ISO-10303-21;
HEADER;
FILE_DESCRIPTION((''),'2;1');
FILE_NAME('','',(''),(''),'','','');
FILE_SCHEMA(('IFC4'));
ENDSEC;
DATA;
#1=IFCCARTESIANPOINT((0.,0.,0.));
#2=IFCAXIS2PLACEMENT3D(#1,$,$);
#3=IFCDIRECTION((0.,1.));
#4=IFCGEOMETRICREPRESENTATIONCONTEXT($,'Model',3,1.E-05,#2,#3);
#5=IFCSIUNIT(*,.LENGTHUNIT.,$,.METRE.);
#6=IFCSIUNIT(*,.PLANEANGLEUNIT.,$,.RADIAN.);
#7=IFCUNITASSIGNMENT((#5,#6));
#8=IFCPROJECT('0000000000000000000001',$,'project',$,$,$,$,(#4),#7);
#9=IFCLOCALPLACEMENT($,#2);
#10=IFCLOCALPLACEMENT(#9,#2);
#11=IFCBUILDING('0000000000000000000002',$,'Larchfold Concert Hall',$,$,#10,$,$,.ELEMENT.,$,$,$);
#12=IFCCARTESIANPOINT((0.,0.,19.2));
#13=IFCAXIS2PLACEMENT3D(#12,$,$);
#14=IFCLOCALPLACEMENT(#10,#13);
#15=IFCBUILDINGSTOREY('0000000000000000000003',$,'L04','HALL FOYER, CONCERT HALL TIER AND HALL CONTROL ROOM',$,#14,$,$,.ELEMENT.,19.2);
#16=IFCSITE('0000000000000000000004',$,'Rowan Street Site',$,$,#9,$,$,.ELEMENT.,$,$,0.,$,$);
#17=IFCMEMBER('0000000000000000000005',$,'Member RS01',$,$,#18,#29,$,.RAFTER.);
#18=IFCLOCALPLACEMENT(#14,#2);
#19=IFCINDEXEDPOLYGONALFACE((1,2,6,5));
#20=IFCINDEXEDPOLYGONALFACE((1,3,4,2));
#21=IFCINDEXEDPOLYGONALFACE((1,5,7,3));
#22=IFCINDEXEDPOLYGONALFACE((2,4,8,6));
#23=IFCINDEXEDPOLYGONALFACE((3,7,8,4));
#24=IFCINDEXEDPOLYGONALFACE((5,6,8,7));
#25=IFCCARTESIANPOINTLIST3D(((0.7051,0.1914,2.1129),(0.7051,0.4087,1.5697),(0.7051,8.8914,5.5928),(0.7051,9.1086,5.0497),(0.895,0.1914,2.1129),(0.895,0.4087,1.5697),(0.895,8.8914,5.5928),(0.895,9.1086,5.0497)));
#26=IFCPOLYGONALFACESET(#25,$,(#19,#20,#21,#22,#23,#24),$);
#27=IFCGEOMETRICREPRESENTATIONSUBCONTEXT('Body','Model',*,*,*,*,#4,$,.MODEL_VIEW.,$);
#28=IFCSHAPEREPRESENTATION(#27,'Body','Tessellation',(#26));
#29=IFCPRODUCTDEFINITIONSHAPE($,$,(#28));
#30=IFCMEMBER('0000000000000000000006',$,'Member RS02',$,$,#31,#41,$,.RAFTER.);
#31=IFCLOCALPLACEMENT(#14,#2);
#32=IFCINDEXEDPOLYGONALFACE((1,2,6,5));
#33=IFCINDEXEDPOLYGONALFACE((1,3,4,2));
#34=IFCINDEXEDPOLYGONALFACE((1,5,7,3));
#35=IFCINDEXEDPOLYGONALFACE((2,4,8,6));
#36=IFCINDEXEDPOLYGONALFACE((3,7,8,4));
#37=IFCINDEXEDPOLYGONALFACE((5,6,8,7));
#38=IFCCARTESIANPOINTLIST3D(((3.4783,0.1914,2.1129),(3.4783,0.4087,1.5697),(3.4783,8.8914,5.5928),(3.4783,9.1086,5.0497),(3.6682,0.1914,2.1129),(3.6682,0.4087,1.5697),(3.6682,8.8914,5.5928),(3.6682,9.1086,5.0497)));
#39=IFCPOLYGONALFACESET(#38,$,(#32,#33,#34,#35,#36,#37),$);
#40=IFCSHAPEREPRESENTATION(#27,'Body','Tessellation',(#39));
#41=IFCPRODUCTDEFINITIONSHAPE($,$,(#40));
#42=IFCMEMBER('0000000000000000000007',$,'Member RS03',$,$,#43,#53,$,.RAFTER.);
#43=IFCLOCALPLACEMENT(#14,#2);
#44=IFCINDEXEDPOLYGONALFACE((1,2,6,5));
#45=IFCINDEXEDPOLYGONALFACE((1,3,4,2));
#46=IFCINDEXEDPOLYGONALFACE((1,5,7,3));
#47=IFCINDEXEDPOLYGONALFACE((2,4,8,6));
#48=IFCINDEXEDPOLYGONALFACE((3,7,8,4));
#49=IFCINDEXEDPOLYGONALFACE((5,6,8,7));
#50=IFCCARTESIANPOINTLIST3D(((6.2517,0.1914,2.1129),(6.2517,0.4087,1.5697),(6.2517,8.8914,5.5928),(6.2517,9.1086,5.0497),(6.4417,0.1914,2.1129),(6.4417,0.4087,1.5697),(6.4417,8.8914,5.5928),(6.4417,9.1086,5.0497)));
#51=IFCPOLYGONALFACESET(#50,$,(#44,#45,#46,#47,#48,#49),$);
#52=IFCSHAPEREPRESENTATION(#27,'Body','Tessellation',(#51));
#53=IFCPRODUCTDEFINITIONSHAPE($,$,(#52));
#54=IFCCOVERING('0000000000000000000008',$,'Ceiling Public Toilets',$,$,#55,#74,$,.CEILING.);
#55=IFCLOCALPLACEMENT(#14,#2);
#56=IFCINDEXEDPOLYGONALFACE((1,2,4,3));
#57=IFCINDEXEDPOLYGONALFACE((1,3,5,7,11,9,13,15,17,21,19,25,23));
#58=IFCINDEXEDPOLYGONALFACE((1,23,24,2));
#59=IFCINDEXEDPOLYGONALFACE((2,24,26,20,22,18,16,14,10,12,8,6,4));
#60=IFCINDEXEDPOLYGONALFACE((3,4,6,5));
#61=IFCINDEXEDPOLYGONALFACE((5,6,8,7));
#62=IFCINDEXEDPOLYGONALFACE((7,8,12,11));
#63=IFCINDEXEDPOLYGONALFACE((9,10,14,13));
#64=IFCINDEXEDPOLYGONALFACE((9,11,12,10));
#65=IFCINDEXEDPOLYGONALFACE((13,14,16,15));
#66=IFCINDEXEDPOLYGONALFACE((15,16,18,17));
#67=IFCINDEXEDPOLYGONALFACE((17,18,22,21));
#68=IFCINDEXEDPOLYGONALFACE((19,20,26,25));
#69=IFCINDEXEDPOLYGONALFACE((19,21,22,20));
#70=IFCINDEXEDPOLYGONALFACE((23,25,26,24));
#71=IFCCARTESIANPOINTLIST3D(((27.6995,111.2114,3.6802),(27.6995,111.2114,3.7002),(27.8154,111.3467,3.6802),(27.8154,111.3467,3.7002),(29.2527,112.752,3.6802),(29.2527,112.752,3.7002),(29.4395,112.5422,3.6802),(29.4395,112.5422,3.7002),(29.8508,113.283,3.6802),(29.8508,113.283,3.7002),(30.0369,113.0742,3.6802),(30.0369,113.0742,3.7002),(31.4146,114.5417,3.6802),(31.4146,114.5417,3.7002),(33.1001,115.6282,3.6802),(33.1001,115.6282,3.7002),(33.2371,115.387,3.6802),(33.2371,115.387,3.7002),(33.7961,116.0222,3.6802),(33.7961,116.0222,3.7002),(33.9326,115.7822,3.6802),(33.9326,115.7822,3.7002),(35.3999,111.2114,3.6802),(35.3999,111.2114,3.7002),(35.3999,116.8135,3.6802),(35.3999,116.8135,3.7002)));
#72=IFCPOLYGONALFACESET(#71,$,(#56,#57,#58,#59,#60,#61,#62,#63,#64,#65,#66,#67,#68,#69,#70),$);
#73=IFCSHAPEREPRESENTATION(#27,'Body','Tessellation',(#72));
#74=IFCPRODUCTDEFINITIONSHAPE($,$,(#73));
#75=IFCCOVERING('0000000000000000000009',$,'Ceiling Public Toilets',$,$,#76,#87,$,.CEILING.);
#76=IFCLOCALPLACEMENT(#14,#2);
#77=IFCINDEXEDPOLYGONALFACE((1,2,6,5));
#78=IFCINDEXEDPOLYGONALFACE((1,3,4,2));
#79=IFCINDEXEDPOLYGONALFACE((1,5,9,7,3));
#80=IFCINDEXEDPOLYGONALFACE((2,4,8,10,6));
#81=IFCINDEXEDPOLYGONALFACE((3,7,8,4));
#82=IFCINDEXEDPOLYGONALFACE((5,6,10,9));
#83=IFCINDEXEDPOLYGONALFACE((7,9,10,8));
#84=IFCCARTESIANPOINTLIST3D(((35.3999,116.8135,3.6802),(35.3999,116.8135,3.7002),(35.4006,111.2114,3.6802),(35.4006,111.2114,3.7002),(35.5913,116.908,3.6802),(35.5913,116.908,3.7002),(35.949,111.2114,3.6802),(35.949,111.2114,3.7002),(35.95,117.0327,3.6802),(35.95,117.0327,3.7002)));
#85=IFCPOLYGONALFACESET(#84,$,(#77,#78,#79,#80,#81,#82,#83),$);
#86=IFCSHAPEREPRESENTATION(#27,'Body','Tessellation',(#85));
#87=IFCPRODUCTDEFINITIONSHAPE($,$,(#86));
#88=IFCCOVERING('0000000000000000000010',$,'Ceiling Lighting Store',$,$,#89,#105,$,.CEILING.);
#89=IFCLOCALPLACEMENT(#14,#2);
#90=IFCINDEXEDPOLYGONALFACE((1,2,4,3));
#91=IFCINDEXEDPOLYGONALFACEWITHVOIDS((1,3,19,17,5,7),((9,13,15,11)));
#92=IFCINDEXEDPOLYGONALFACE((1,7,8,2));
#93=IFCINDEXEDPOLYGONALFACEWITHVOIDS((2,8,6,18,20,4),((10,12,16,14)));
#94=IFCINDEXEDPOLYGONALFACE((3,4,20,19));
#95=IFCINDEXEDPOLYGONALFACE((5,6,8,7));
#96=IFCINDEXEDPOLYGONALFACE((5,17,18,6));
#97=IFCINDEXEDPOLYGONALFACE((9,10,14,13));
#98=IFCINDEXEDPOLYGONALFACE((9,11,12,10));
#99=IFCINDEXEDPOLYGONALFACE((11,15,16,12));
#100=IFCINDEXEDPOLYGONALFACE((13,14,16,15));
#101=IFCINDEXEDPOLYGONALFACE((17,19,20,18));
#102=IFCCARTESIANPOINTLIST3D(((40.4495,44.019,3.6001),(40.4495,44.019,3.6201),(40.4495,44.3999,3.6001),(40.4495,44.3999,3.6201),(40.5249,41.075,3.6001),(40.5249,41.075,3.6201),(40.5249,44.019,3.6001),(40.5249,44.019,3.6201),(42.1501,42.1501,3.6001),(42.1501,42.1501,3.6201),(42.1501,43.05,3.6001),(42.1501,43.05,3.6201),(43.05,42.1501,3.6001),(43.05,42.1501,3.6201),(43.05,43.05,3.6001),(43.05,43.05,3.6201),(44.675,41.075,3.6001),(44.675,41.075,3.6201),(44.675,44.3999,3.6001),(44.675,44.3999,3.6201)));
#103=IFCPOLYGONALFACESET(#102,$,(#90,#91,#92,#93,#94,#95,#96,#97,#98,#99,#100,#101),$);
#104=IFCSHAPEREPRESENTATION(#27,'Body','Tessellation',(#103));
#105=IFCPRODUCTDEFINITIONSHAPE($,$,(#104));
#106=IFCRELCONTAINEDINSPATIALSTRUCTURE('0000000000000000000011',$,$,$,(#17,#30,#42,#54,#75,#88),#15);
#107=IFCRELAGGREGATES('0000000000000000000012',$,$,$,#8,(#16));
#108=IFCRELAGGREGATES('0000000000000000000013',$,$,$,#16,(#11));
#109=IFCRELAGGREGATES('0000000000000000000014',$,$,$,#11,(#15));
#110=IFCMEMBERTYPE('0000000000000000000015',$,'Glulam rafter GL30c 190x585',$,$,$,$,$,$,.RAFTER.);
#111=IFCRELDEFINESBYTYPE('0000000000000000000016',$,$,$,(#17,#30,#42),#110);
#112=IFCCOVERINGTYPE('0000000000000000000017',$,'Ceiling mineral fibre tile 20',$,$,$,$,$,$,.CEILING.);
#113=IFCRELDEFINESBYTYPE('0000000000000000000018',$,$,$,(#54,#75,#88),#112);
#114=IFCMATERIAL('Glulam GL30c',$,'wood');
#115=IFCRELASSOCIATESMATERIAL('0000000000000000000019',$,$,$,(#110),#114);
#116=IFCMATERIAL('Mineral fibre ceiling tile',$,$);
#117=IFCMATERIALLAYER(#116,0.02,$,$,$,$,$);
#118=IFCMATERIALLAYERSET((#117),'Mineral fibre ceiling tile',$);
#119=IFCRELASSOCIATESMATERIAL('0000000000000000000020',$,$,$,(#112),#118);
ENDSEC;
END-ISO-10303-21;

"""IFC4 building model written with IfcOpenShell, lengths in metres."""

from ifc_helpers import new_model, si_unit, direction, frame, origin, origin_2d, place, context, subcontext, project, spatial, polyline, rectangle, outline, extrude, material, layer, layer_set, material_profile, profile_set, type_object, element, save


model = new_model("IFC4")

# Units and contexts
model_context = context("Model", 3, precision=1e-05, world=origin(), true_north=direction((0.0, 1.0)))
body_context = subcontext(model_context, "Body", "Model", "MODEL_VIEW")
ifc_project = project(units=[si_unit("LENGTHUNIT", "METRE"), si_unit("PLANEANGLEUNIT", "RADIAN")], contexts=[model_context])

# Site, building, storey
site_placement = place(None, origin())
site = spatial("IfcSite", under=ifc_project, at=site_placement, Name="Rowan Street Site", CompositionType="ELEMENT", RefElevation=0.0)
building_placement = place(site_placement, origin())
building = spatial("IfcBuilding", under=site, at=building_placement, Name="Larchfold Concert Hall", CompositionType="ELEMENT")
storey_placement = place(building_placement, frame((0.0, 0.0, 19.2)))
storey = spatial("IfcBuildingStorey", under=building, at=storey_placement, Name="L04", Description="HALL FOYER, CONCERT HALL TIER AND HALL CONTROL ROOM", CompositionType="ELEMENT", Elevation=19.2)

# Members
ifc_material_1 = material(Name="Glulam GL30c", Category="wood")
ifc_material_profile = material_profile(ifc_material_1, rectangle(XDim=0.1899, YDim=0.585, at=origin_2d()))
ifc_profile_set = profile_set([ifc_material_profile], Name="Glulam GL30c")
member_type = type_object("IfcMemberType", Name="Glulam rafter GL30c 190x585", PredefinedType="RAFTER", material=ifc_profile_set)
for number, where, z_axis, x_axis, name in (
    (1, (0.8, 0.3, 1.8413), (0.0, 0.928477, 0.371391), (-1.0, 0.0, 0.0), "Member RS01"),
    (2, (3.5732, 0.3, 1.8413), (0.0, 0.928477, 0.371391), (-1.0, 0.0, 0.0), "Member RS02"),
    (3, (6.3467, 0.3, 1.8413), (0.0, 0.928477, 0.371391), (-1.0, 0.0, 0.0), "Member RS03"),
):
    element("IfcMember", number, at=place(storey_placement, frame(where, z_axis=z_axis, x_axis=x_axis)), inside=storey, type_object=member_type, Name=name, PredefinedType="RAFTER", context=body_context, shape_type="SweptSolid", body=[
        extrude(rectangle(XDim=0.1899, YDim=0.585, at=origin_2d()), origin(), (0.0, 0.0, 1.0), 9.3701),
    ])

# Coverings
ifc_material_2 = material(Name="Mineral fibre ceiling tile")
ifc_layer_1 = layer(ifc_material_2, 0.02)
ifc_layer_set_1 = layer_set([ifc_layer_1], Name="Mineral fibre ceiling tile")
covering_type_1 = type_object("IfcCoveringType", Name="Ceiling mineral fibre tile 20", PredefinedType="CEILING", material=ifc_layer_set_1)
covering_1_placement = place(storey_placement, frame((0.0, 0.0, 3.6802)))
element("IfcCovering", 4, at=covering_1_placement, inside=storey, type_object=covering_type_1, Name="Ceiling Public Toilets", PredefinedType="CEILING", context=body_context, shape_type="SweptSolid", body=[
    extrude(outline(polyline([(27.8154, 111.3467), (27.6995, 111.2114), (35.3999, 111.2114), (35.3999, 116.8135), (33.7961, 116.0222), (33.9326, 115.7822), (33.2371, 115.387), (33.1001, 115.6282), (31.4146, 114.5417), (29.8508, 113.283), (30.0369, 113.0742), (29.4395, 112.5422), (29.2527, 112.752), (27.8154, 111.3467)])), origin(), (0.0, 0.0, 1.0), 0.02),
])
covering_2_placement = place(storey_placement, frame((0.0, 0.0, 3.6802)))
element("IfcCovering", 5, at=covering_2_placement, inside=storey, type_object=covering_type_1, Name="Ceiling Public Toilets", PredefinedType="CEILING", context=body_context, shape_type="SweptSolid", body=[
    extrude(outline(polyline([(35.3999, 116.8135), (35.4006, 111.2114), (35.949, 111.2114), (35.95, 117.0327), (35.5913, 116.908), (35.3999, 116.8135)])), origin(), (0.0, 0.0, 1.0), 0.02),
])
covering_3_placement = place(storey_placement, frame((0.0, 0.0, 3.6001)))
element("IfcCovering", 6, at=covering_3_placement, inside=storey, type_object=covering_type_1, Name="Ceiling Lighting Store", PredefinedType="CEILING", context=body_context, shape_type="SweptSolid", body=[
    extrude(outline(polyline([(40.4495, 44.3999), (40.4495, 44.019), (40.5249, 44.019), (40.5249, 41.075), (44.675, 41.075), (44.675, 44.3999), (40.4495, 44.3999)]), holes=[polyline([(42.1501, 43.05), (43.05, 43.05), (43.05, 42.1501), (42.1501, 42.1501), (42.1501, 43.05)])]), origin(), (0.0, 0.0, 1.0), 0.02),
])

save(model, "model.ifc")
